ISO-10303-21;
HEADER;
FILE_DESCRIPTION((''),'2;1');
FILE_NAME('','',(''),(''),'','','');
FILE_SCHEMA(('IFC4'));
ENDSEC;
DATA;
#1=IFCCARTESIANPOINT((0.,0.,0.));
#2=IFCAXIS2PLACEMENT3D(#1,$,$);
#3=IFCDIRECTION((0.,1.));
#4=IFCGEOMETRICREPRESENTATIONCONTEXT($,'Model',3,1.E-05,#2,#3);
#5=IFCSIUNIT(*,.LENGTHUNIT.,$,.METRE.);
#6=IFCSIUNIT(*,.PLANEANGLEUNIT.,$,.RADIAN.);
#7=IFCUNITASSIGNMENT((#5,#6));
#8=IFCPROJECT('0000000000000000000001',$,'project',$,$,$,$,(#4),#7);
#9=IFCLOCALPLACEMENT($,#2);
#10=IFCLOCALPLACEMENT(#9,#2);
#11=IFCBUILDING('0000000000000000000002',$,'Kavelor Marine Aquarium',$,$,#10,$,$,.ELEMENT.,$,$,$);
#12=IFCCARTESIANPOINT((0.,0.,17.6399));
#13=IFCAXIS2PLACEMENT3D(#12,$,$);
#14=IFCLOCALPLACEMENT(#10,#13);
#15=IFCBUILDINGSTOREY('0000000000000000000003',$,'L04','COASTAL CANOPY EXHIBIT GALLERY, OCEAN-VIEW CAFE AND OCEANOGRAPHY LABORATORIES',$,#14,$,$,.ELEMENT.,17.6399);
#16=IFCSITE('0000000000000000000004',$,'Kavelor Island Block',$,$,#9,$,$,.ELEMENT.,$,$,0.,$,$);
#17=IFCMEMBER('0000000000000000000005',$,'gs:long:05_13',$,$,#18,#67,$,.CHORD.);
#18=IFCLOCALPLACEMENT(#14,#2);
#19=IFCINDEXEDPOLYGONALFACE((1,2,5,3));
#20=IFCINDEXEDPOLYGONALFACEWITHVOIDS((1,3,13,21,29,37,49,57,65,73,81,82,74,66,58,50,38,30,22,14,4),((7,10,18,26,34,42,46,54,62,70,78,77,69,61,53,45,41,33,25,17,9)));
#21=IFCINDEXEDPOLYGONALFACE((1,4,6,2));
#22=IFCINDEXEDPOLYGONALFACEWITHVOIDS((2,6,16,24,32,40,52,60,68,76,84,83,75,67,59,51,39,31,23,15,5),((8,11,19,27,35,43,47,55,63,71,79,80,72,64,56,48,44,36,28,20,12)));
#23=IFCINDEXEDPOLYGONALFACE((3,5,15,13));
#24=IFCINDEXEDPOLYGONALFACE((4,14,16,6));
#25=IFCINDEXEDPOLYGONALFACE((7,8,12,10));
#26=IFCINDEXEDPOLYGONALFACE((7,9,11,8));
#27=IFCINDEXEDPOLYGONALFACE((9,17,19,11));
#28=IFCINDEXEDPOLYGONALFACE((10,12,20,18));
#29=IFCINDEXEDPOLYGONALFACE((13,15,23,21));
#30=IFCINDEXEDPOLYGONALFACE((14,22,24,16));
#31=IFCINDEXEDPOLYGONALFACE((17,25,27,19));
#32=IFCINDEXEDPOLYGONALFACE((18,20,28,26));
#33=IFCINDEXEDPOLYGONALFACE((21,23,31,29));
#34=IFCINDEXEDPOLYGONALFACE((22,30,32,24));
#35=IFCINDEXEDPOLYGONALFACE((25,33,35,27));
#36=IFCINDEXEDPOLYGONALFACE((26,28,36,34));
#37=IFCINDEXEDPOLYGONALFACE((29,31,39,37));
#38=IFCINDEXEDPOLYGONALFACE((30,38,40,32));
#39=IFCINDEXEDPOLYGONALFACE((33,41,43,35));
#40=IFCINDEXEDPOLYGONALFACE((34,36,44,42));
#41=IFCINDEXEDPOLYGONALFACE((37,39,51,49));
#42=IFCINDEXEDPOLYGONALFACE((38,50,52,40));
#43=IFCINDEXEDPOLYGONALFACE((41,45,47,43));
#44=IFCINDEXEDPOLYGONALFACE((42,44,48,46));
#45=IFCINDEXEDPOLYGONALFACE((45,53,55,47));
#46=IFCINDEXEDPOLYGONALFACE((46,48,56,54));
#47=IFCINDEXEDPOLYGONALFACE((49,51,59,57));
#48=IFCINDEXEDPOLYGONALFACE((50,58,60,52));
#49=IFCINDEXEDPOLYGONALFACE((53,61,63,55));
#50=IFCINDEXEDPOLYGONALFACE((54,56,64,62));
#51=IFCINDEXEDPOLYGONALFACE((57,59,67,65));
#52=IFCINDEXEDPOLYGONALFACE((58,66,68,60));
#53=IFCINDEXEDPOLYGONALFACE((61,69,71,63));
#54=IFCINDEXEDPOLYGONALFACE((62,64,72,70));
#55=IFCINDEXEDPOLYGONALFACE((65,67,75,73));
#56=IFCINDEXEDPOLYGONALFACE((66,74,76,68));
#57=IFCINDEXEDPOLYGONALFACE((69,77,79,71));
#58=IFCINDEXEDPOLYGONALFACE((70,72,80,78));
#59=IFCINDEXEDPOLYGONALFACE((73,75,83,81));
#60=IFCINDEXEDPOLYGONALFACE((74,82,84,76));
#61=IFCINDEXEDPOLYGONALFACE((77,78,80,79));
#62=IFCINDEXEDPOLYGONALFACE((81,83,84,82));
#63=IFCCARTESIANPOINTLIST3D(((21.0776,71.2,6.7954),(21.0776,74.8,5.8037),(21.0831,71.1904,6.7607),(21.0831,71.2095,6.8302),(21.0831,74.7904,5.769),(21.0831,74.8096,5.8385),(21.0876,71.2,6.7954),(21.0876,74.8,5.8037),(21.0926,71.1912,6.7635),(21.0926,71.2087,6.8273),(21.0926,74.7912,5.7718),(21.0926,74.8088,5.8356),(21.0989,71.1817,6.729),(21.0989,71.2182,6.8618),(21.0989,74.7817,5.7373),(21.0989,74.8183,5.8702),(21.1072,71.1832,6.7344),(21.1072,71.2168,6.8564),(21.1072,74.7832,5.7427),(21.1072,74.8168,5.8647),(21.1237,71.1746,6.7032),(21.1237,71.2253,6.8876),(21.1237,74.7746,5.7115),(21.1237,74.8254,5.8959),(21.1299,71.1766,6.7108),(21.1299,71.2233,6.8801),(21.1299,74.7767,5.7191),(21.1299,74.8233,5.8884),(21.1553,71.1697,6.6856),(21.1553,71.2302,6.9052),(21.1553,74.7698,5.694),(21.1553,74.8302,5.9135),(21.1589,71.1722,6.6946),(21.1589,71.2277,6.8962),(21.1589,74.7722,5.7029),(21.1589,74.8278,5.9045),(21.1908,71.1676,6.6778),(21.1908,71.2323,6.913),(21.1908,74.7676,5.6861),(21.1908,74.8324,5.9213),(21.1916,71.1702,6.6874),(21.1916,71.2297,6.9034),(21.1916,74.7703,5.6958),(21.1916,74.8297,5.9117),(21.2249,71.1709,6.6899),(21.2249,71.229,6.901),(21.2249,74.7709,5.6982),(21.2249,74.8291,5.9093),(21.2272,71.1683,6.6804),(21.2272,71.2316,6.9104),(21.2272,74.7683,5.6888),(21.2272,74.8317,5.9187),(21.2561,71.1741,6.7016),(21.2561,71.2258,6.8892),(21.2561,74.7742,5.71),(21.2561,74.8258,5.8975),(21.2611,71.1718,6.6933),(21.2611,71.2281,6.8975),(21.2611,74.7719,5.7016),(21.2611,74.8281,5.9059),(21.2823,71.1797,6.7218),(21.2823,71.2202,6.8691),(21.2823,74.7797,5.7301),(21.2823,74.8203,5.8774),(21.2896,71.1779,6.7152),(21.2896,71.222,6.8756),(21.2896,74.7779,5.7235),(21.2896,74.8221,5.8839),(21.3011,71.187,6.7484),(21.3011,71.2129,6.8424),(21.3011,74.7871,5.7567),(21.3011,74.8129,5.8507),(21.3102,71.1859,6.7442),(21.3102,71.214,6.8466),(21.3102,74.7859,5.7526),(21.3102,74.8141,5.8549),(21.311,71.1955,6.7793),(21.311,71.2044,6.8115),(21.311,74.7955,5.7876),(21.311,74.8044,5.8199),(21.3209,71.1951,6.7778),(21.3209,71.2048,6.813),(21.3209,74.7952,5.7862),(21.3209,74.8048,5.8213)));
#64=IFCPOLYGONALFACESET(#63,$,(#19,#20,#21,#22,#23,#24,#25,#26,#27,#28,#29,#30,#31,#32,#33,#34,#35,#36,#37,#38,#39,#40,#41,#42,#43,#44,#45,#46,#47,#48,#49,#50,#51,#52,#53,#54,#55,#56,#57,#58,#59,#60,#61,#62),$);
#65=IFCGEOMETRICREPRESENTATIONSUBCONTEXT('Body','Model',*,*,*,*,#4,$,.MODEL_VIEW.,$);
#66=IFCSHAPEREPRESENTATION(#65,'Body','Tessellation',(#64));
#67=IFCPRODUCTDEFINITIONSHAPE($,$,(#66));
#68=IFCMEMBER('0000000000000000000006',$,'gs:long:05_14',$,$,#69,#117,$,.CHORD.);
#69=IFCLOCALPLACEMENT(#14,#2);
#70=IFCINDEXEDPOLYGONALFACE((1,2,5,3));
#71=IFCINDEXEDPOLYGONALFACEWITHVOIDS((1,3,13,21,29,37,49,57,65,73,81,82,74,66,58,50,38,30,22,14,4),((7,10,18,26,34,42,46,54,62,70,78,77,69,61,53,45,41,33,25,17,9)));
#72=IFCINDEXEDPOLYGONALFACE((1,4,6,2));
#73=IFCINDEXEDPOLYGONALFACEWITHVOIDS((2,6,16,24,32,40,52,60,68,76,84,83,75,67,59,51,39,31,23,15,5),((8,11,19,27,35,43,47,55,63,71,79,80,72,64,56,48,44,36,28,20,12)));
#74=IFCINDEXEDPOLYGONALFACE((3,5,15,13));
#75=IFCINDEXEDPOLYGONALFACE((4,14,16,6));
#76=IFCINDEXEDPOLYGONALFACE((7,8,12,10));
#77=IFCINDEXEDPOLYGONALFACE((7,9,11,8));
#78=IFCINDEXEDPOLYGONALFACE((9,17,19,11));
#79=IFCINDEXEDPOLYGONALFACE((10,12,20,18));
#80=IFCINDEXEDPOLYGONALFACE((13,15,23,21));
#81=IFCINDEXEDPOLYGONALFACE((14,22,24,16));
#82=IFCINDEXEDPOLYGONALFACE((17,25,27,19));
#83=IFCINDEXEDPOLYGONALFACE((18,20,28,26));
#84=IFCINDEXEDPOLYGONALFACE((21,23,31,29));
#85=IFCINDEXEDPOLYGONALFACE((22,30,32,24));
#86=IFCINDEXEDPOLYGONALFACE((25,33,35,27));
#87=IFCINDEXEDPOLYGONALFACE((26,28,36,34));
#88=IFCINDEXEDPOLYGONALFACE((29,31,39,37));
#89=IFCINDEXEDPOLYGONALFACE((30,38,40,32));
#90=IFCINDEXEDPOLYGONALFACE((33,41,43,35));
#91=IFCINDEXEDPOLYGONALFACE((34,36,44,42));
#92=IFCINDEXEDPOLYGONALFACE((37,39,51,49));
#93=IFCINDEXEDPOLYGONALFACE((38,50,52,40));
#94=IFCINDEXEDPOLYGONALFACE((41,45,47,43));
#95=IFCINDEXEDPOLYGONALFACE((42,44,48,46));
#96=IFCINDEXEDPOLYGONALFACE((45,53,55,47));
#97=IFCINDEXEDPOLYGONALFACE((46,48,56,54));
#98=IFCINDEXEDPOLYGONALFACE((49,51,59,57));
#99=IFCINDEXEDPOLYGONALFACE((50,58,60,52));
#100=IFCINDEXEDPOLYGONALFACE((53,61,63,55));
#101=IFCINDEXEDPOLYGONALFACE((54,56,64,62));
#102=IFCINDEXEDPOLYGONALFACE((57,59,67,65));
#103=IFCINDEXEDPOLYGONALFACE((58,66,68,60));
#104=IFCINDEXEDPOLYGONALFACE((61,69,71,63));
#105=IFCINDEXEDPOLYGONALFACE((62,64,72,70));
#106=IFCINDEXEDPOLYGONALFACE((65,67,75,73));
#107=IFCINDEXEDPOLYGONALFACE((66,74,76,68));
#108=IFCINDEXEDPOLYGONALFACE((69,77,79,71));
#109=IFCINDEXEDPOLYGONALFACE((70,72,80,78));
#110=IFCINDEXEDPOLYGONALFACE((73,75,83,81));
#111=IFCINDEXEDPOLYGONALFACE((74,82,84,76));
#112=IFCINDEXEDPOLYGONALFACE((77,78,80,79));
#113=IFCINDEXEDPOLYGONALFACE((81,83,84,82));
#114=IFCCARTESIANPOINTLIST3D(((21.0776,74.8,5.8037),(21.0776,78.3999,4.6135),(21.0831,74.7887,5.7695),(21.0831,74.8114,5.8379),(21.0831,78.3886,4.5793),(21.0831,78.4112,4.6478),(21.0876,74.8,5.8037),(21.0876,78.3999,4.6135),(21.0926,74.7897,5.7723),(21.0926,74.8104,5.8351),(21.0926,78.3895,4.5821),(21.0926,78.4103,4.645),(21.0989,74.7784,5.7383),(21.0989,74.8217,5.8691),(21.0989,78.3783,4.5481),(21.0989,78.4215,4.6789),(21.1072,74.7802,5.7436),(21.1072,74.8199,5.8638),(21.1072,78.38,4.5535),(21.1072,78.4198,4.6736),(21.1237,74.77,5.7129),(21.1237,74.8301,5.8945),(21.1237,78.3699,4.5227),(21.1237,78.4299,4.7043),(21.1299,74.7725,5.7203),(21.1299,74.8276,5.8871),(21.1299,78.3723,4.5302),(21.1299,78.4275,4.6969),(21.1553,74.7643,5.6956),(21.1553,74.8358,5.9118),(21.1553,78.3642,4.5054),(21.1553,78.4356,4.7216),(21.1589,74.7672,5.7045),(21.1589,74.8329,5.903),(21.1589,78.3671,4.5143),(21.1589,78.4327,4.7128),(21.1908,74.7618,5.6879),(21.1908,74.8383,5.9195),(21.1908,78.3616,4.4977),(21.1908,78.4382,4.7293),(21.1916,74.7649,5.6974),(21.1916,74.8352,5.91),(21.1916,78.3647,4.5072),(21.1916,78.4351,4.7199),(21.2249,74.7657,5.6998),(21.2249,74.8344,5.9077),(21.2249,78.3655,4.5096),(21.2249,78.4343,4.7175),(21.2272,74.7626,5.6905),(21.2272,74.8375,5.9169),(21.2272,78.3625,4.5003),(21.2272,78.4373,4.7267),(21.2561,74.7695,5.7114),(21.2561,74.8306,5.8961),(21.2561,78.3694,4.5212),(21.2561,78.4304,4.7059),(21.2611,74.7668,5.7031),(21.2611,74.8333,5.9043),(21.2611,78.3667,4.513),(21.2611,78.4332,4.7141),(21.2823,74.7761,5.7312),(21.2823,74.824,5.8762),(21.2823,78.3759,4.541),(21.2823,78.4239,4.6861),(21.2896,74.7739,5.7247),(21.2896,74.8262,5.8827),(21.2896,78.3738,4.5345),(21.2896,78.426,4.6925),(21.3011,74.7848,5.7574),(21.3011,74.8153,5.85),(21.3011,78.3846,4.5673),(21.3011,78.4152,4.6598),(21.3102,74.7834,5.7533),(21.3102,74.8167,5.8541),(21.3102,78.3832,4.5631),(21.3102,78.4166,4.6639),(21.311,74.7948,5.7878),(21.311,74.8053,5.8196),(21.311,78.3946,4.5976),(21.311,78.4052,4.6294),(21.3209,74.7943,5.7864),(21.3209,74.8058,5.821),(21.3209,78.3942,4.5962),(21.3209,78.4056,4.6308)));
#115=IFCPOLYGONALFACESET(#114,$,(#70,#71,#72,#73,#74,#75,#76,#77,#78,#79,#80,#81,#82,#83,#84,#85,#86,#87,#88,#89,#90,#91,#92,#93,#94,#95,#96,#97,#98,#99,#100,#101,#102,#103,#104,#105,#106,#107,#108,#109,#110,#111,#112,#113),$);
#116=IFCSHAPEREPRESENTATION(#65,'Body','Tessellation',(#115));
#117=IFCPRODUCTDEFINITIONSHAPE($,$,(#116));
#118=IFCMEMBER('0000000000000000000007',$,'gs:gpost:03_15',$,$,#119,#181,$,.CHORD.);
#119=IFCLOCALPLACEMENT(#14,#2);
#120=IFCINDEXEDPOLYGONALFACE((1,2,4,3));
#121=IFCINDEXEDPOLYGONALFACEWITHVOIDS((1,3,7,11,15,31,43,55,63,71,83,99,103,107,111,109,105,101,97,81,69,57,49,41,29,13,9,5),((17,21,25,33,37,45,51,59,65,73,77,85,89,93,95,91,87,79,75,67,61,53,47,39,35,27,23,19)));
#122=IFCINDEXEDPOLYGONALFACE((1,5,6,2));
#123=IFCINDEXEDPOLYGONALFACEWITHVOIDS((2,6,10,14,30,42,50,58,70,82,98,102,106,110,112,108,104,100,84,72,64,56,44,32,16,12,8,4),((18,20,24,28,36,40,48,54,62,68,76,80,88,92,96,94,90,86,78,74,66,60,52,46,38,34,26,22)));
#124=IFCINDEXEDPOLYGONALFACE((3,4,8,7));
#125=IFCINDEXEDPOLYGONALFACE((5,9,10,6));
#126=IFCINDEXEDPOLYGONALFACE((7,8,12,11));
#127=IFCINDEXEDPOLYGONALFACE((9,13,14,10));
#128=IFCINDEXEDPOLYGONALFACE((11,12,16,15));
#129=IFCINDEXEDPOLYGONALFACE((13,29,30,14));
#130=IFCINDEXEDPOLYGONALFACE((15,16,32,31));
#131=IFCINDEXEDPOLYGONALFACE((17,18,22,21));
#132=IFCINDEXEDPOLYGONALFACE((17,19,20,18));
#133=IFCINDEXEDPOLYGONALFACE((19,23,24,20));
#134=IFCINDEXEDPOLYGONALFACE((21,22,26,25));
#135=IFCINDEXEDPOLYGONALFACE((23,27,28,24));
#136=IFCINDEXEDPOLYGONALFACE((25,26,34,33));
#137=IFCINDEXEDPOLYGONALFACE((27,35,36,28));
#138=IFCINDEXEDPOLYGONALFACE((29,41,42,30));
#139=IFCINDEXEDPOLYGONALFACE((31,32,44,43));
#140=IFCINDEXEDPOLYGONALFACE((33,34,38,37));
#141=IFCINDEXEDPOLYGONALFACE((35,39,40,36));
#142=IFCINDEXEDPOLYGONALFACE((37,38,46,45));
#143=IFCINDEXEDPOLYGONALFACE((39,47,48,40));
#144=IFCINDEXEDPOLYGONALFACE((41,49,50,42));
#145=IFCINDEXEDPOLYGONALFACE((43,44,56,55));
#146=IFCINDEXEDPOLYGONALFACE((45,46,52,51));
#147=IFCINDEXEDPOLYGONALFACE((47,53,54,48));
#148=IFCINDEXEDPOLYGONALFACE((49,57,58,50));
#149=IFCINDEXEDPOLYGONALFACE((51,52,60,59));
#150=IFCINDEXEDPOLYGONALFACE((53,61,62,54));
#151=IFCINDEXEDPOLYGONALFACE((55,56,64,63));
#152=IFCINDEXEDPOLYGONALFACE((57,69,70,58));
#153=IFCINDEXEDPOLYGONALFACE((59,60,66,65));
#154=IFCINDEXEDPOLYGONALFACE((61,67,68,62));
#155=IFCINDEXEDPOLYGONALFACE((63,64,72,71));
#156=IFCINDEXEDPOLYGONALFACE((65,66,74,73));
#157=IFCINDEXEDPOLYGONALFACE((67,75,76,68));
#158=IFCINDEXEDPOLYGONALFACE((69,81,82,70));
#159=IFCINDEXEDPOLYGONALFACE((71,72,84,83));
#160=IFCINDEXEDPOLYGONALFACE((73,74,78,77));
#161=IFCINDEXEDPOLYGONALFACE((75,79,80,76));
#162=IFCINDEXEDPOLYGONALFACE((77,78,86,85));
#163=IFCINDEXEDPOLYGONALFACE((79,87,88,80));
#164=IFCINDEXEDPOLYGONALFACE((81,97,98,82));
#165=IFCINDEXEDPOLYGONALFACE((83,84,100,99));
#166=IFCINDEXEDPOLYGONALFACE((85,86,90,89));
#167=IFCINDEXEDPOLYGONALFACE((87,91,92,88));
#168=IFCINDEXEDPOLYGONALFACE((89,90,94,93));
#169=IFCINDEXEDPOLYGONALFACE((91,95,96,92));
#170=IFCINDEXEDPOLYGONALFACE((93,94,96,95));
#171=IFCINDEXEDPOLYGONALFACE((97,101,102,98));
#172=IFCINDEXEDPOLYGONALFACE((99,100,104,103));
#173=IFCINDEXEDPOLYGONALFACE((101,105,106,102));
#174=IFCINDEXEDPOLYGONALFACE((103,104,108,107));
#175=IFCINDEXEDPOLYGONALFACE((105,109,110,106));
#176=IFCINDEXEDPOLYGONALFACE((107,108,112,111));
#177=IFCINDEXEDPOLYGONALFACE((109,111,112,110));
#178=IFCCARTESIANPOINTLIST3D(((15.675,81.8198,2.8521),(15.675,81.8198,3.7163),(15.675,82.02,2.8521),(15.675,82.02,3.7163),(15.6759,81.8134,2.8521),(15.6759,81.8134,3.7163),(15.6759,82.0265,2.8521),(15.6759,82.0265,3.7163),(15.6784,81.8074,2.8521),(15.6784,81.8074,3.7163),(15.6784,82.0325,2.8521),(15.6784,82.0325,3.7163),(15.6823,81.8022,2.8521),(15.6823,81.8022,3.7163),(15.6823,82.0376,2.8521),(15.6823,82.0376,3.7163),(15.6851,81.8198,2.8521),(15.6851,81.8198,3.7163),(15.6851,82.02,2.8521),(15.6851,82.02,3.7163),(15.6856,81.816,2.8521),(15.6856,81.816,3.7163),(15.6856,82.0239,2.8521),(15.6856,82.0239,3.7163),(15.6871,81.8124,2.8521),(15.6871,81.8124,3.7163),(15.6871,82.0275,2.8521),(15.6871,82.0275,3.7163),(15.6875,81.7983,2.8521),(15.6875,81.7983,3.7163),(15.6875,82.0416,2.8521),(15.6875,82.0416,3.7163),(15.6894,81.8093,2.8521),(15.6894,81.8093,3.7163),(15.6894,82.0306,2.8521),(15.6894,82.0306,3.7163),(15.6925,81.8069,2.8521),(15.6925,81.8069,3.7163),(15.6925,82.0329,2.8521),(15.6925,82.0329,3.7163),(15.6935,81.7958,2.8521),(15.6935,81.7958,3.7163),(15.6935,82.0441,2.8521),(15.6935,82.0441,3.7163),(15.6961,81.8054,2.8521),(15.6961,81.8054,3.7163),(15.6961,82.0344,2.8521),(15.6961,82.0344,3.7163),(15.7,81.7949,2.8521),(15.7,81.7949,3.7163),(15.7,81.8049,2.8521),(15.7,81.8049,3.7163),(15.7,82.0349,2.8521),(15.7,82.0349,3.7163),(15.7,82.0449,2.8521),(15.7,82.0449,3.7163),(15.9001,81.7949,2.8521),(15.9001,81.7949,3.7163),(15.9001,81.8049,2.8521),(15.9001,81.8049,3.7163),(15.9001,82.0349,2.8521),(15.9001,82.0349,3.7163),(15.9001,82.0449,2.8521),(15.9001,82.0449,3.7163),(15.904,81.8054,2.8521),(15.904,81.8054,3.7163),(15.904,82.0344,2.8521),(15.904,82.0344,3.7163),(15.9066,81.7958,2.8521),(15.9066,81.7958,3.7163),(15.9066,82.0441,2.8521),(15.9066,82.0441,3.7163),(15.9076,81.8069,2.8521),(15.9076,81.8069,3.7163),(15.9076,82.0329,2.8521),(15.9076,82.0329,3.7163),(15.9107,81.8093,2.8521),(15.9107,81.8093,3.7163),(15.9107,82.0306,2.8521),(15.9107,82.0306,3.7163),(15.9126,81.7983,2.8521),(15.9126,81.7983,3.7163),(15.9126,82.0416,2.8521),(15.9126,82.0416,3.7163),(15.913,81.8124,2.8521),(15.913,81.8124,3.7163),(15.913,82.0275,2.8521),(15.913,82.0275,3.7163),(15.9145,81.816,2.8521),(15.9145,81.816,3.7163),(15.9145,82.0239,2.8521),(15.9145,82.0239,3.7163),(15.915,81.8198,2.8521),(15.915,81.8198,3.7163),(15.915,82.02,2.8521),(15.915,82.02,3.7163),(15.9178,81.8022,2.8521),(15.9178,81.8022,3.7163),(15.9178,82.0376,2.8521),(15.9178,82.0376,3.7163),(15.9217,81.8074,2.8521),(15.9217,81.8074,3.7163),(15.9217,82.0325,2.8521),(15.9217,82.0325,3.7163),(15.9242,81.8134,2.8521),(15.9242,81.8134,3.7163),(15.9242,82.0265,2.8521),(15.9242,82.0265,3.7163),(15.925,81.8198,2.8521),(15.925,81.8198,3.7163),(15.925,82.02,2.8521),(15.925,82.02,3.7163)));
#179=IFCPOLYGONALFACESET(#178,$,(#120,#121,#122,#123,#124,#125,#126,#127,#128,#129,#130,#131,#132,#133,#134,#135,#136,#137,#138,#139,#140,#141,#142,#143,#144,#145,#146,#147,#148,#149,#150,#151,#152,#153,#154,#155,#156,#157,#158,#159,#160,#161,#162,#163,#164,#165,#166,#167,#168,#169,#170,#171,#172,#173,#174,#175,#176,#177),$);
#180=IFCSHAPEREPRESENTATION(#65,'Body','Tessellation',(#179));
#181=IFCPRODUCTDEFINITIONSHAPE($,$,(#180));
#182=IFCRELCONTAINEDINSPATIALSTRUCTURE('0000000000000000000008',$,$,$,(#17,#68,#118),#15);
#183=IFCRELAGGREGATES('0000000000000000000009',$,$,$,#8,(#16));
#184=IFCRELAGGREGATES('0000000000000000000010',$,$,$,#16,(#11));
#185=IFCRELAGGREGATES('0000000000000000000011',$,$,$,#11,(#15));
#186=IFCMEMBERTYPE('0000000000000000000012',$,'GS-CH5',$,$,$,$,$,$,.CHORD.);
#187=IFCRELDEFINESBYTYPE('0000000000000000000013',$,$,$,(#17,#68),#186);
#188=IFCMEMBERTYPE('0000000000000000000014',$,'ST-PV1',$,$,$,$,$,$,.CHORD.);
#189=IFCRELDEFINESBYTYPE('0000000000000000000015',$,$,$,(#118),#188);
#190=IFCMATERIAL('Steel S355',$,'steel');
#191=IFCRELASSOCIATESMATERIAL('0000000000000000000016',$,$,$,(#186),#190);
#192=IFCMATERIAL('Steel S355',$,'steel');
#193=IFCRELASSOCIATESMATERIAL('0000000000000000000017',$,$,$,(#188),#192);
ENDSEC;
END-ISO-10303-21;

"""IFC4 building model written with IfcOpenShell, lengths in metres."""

from ifc_helpers import new_model, si_unit, direction, frame, origin, origin_2d, place, context, subcontext, project, spatial, hollow_rectangle, hollow_circle, extrude, material, material_profile, profile_set, type_object, element, save


model = new_model("IFC4")

# Units and contexts
model_context = context("Model", 3, precision=1e-05, world=origin(), true_north=direction((0.0, 1.0)))
body_context = subcontext(model_context, "Body", "Model", "MODEL_VIEW")
ifc_project = project(units=[si_unit("LENGTHUNIT", "METRE"), si_unit("PLANEANGLEUNIT", "RADIAN")], contexts=[model_context])

# Site, building, storey
site_placement = place(None, origin())
site = spatial("IfcSite", under=ifc_project, at=site_placement, Name="Kavelor Island Block", CompositionType="ELEMENT", RefElevation=0.0)
building_placement = place(site_placement, origin())
building = spatial("IfcBuilding", under=site, at=building_placement, Name="Kavelor Marine Aquarium", CompositionType="ELEMENT")
storey_placement = place(building_placement, frame((0.0, 0.0, 17.6399)))
storey = spatial("IfcBuildingStorey", under=building, at=storey_placement, Name="L04", Description="COASTAL CANOPY EXHIBIT GALLERY, OCEAN-VIEW CAFE AND OCEANOGRAPHY LABORATORIES", CompositionType="ELEMENT", Elevation=17.6399)

# Members
ifc_material_1 = material(Name="Steel S355", Category="steel")
ifc_material_profile_1 = material_profile(ifc_material_1, hollow_circle(Radius=0.1223, WallThickness=0.01, at=origin_2d()), Name="CHS 244.5x10.0")
ifc_profile_set_1 = profile_set([ifc_material_profile_1], Name="Steel S355")
member_type_1 = type_object("IfcMemberType", Name="GS-CH5", PredefinedType="CHORD", material=ifc_profile_set_1)
member_1_placement = place(storey_placement, frame((21.2, 71.2, 6.7954), z_axis=(0.0, 0.964091, -0.265573), x_axis=(-1.0, 0.0, 0.0)))
element("IfcMember", 1, at=member_1_placement, inside=storey, type_object=member_type_1, Name="gs:long:05_13", PredefinedType="CHORD", context=body_context, shape_type="SweptSolid", body=[
    extrude(hollow_circle(Radius=0.1223, WallThickness=0.01, at=origin_2d()), origin(), (0.0, 0.0, 1.0), 3.7341),
])
member_2_placement = place(storey_placement, frame((21.2, 74.8, 5.8037), z_axis=(0.0, 0.949453, -0.313909), x_axis=(-1.0, 0.0, 0.0)))
element("IfcMember", 2, at=member_2_placement, inside=storey, type_object=member_type_1, Name="gs:long:05_14", PredefinedType="CHORD", context=body_context, shape_type="SweptSolid", body=[
    extrude(hollow_circle(Radius=0.1223, WallThickness=0.01, at=origin_2d()), origin(), (0.0, 0.0, 1.0), 3.7915),
])
ifc_material_2 = material(Name="Steel S355", Category="steel")
ifc_material_profile_2 = material_profile(ifc_material_2, hollow_rectangle(XDim=0.25, YDim=0.25, WallThickness=0.01, InnerFilletRadius=0.0149, OuterFilletRadius=0.0249, at=origin_2d()), Name="SHS 250x250x10.0")
ifc_profile_set_2 = profile_set([ifc_material_profile_2], Name="Steel S355")
member_type_2 = type_object("IfcMemberType", Name="ST-PV1", PredefinedType="CHORD", material=ifc_profile_set_2)
for number, where, z_axis, x_axis, name in (
    (3, (15.8, 81.9199, 2.8521), (0.0, 0.0, 1.0), (1.0, 0.0, 0.0), "gs:gpost:03_15"),
):
    element("IfcMember", number, at=place(storey_placement, frame(where, z_axis=z_axis, x_axis=x_axis)), inside=storey, type_object=member_type_2, Name=name, PredefinedType="CHORD", context=body_context, shape_type="SweptSolid", body=[
        extrude(hollow_rectangle(XDim=0.25, YDim=0.25, WallThickness=0.01, InnerFilletRadius=0.0149, OuterFilletRadius=0.0249, at=origin_2d()), origin(), (0.0, 0.0, 1.0), 0.8643),
    ])

save(model, "model.ifc")
